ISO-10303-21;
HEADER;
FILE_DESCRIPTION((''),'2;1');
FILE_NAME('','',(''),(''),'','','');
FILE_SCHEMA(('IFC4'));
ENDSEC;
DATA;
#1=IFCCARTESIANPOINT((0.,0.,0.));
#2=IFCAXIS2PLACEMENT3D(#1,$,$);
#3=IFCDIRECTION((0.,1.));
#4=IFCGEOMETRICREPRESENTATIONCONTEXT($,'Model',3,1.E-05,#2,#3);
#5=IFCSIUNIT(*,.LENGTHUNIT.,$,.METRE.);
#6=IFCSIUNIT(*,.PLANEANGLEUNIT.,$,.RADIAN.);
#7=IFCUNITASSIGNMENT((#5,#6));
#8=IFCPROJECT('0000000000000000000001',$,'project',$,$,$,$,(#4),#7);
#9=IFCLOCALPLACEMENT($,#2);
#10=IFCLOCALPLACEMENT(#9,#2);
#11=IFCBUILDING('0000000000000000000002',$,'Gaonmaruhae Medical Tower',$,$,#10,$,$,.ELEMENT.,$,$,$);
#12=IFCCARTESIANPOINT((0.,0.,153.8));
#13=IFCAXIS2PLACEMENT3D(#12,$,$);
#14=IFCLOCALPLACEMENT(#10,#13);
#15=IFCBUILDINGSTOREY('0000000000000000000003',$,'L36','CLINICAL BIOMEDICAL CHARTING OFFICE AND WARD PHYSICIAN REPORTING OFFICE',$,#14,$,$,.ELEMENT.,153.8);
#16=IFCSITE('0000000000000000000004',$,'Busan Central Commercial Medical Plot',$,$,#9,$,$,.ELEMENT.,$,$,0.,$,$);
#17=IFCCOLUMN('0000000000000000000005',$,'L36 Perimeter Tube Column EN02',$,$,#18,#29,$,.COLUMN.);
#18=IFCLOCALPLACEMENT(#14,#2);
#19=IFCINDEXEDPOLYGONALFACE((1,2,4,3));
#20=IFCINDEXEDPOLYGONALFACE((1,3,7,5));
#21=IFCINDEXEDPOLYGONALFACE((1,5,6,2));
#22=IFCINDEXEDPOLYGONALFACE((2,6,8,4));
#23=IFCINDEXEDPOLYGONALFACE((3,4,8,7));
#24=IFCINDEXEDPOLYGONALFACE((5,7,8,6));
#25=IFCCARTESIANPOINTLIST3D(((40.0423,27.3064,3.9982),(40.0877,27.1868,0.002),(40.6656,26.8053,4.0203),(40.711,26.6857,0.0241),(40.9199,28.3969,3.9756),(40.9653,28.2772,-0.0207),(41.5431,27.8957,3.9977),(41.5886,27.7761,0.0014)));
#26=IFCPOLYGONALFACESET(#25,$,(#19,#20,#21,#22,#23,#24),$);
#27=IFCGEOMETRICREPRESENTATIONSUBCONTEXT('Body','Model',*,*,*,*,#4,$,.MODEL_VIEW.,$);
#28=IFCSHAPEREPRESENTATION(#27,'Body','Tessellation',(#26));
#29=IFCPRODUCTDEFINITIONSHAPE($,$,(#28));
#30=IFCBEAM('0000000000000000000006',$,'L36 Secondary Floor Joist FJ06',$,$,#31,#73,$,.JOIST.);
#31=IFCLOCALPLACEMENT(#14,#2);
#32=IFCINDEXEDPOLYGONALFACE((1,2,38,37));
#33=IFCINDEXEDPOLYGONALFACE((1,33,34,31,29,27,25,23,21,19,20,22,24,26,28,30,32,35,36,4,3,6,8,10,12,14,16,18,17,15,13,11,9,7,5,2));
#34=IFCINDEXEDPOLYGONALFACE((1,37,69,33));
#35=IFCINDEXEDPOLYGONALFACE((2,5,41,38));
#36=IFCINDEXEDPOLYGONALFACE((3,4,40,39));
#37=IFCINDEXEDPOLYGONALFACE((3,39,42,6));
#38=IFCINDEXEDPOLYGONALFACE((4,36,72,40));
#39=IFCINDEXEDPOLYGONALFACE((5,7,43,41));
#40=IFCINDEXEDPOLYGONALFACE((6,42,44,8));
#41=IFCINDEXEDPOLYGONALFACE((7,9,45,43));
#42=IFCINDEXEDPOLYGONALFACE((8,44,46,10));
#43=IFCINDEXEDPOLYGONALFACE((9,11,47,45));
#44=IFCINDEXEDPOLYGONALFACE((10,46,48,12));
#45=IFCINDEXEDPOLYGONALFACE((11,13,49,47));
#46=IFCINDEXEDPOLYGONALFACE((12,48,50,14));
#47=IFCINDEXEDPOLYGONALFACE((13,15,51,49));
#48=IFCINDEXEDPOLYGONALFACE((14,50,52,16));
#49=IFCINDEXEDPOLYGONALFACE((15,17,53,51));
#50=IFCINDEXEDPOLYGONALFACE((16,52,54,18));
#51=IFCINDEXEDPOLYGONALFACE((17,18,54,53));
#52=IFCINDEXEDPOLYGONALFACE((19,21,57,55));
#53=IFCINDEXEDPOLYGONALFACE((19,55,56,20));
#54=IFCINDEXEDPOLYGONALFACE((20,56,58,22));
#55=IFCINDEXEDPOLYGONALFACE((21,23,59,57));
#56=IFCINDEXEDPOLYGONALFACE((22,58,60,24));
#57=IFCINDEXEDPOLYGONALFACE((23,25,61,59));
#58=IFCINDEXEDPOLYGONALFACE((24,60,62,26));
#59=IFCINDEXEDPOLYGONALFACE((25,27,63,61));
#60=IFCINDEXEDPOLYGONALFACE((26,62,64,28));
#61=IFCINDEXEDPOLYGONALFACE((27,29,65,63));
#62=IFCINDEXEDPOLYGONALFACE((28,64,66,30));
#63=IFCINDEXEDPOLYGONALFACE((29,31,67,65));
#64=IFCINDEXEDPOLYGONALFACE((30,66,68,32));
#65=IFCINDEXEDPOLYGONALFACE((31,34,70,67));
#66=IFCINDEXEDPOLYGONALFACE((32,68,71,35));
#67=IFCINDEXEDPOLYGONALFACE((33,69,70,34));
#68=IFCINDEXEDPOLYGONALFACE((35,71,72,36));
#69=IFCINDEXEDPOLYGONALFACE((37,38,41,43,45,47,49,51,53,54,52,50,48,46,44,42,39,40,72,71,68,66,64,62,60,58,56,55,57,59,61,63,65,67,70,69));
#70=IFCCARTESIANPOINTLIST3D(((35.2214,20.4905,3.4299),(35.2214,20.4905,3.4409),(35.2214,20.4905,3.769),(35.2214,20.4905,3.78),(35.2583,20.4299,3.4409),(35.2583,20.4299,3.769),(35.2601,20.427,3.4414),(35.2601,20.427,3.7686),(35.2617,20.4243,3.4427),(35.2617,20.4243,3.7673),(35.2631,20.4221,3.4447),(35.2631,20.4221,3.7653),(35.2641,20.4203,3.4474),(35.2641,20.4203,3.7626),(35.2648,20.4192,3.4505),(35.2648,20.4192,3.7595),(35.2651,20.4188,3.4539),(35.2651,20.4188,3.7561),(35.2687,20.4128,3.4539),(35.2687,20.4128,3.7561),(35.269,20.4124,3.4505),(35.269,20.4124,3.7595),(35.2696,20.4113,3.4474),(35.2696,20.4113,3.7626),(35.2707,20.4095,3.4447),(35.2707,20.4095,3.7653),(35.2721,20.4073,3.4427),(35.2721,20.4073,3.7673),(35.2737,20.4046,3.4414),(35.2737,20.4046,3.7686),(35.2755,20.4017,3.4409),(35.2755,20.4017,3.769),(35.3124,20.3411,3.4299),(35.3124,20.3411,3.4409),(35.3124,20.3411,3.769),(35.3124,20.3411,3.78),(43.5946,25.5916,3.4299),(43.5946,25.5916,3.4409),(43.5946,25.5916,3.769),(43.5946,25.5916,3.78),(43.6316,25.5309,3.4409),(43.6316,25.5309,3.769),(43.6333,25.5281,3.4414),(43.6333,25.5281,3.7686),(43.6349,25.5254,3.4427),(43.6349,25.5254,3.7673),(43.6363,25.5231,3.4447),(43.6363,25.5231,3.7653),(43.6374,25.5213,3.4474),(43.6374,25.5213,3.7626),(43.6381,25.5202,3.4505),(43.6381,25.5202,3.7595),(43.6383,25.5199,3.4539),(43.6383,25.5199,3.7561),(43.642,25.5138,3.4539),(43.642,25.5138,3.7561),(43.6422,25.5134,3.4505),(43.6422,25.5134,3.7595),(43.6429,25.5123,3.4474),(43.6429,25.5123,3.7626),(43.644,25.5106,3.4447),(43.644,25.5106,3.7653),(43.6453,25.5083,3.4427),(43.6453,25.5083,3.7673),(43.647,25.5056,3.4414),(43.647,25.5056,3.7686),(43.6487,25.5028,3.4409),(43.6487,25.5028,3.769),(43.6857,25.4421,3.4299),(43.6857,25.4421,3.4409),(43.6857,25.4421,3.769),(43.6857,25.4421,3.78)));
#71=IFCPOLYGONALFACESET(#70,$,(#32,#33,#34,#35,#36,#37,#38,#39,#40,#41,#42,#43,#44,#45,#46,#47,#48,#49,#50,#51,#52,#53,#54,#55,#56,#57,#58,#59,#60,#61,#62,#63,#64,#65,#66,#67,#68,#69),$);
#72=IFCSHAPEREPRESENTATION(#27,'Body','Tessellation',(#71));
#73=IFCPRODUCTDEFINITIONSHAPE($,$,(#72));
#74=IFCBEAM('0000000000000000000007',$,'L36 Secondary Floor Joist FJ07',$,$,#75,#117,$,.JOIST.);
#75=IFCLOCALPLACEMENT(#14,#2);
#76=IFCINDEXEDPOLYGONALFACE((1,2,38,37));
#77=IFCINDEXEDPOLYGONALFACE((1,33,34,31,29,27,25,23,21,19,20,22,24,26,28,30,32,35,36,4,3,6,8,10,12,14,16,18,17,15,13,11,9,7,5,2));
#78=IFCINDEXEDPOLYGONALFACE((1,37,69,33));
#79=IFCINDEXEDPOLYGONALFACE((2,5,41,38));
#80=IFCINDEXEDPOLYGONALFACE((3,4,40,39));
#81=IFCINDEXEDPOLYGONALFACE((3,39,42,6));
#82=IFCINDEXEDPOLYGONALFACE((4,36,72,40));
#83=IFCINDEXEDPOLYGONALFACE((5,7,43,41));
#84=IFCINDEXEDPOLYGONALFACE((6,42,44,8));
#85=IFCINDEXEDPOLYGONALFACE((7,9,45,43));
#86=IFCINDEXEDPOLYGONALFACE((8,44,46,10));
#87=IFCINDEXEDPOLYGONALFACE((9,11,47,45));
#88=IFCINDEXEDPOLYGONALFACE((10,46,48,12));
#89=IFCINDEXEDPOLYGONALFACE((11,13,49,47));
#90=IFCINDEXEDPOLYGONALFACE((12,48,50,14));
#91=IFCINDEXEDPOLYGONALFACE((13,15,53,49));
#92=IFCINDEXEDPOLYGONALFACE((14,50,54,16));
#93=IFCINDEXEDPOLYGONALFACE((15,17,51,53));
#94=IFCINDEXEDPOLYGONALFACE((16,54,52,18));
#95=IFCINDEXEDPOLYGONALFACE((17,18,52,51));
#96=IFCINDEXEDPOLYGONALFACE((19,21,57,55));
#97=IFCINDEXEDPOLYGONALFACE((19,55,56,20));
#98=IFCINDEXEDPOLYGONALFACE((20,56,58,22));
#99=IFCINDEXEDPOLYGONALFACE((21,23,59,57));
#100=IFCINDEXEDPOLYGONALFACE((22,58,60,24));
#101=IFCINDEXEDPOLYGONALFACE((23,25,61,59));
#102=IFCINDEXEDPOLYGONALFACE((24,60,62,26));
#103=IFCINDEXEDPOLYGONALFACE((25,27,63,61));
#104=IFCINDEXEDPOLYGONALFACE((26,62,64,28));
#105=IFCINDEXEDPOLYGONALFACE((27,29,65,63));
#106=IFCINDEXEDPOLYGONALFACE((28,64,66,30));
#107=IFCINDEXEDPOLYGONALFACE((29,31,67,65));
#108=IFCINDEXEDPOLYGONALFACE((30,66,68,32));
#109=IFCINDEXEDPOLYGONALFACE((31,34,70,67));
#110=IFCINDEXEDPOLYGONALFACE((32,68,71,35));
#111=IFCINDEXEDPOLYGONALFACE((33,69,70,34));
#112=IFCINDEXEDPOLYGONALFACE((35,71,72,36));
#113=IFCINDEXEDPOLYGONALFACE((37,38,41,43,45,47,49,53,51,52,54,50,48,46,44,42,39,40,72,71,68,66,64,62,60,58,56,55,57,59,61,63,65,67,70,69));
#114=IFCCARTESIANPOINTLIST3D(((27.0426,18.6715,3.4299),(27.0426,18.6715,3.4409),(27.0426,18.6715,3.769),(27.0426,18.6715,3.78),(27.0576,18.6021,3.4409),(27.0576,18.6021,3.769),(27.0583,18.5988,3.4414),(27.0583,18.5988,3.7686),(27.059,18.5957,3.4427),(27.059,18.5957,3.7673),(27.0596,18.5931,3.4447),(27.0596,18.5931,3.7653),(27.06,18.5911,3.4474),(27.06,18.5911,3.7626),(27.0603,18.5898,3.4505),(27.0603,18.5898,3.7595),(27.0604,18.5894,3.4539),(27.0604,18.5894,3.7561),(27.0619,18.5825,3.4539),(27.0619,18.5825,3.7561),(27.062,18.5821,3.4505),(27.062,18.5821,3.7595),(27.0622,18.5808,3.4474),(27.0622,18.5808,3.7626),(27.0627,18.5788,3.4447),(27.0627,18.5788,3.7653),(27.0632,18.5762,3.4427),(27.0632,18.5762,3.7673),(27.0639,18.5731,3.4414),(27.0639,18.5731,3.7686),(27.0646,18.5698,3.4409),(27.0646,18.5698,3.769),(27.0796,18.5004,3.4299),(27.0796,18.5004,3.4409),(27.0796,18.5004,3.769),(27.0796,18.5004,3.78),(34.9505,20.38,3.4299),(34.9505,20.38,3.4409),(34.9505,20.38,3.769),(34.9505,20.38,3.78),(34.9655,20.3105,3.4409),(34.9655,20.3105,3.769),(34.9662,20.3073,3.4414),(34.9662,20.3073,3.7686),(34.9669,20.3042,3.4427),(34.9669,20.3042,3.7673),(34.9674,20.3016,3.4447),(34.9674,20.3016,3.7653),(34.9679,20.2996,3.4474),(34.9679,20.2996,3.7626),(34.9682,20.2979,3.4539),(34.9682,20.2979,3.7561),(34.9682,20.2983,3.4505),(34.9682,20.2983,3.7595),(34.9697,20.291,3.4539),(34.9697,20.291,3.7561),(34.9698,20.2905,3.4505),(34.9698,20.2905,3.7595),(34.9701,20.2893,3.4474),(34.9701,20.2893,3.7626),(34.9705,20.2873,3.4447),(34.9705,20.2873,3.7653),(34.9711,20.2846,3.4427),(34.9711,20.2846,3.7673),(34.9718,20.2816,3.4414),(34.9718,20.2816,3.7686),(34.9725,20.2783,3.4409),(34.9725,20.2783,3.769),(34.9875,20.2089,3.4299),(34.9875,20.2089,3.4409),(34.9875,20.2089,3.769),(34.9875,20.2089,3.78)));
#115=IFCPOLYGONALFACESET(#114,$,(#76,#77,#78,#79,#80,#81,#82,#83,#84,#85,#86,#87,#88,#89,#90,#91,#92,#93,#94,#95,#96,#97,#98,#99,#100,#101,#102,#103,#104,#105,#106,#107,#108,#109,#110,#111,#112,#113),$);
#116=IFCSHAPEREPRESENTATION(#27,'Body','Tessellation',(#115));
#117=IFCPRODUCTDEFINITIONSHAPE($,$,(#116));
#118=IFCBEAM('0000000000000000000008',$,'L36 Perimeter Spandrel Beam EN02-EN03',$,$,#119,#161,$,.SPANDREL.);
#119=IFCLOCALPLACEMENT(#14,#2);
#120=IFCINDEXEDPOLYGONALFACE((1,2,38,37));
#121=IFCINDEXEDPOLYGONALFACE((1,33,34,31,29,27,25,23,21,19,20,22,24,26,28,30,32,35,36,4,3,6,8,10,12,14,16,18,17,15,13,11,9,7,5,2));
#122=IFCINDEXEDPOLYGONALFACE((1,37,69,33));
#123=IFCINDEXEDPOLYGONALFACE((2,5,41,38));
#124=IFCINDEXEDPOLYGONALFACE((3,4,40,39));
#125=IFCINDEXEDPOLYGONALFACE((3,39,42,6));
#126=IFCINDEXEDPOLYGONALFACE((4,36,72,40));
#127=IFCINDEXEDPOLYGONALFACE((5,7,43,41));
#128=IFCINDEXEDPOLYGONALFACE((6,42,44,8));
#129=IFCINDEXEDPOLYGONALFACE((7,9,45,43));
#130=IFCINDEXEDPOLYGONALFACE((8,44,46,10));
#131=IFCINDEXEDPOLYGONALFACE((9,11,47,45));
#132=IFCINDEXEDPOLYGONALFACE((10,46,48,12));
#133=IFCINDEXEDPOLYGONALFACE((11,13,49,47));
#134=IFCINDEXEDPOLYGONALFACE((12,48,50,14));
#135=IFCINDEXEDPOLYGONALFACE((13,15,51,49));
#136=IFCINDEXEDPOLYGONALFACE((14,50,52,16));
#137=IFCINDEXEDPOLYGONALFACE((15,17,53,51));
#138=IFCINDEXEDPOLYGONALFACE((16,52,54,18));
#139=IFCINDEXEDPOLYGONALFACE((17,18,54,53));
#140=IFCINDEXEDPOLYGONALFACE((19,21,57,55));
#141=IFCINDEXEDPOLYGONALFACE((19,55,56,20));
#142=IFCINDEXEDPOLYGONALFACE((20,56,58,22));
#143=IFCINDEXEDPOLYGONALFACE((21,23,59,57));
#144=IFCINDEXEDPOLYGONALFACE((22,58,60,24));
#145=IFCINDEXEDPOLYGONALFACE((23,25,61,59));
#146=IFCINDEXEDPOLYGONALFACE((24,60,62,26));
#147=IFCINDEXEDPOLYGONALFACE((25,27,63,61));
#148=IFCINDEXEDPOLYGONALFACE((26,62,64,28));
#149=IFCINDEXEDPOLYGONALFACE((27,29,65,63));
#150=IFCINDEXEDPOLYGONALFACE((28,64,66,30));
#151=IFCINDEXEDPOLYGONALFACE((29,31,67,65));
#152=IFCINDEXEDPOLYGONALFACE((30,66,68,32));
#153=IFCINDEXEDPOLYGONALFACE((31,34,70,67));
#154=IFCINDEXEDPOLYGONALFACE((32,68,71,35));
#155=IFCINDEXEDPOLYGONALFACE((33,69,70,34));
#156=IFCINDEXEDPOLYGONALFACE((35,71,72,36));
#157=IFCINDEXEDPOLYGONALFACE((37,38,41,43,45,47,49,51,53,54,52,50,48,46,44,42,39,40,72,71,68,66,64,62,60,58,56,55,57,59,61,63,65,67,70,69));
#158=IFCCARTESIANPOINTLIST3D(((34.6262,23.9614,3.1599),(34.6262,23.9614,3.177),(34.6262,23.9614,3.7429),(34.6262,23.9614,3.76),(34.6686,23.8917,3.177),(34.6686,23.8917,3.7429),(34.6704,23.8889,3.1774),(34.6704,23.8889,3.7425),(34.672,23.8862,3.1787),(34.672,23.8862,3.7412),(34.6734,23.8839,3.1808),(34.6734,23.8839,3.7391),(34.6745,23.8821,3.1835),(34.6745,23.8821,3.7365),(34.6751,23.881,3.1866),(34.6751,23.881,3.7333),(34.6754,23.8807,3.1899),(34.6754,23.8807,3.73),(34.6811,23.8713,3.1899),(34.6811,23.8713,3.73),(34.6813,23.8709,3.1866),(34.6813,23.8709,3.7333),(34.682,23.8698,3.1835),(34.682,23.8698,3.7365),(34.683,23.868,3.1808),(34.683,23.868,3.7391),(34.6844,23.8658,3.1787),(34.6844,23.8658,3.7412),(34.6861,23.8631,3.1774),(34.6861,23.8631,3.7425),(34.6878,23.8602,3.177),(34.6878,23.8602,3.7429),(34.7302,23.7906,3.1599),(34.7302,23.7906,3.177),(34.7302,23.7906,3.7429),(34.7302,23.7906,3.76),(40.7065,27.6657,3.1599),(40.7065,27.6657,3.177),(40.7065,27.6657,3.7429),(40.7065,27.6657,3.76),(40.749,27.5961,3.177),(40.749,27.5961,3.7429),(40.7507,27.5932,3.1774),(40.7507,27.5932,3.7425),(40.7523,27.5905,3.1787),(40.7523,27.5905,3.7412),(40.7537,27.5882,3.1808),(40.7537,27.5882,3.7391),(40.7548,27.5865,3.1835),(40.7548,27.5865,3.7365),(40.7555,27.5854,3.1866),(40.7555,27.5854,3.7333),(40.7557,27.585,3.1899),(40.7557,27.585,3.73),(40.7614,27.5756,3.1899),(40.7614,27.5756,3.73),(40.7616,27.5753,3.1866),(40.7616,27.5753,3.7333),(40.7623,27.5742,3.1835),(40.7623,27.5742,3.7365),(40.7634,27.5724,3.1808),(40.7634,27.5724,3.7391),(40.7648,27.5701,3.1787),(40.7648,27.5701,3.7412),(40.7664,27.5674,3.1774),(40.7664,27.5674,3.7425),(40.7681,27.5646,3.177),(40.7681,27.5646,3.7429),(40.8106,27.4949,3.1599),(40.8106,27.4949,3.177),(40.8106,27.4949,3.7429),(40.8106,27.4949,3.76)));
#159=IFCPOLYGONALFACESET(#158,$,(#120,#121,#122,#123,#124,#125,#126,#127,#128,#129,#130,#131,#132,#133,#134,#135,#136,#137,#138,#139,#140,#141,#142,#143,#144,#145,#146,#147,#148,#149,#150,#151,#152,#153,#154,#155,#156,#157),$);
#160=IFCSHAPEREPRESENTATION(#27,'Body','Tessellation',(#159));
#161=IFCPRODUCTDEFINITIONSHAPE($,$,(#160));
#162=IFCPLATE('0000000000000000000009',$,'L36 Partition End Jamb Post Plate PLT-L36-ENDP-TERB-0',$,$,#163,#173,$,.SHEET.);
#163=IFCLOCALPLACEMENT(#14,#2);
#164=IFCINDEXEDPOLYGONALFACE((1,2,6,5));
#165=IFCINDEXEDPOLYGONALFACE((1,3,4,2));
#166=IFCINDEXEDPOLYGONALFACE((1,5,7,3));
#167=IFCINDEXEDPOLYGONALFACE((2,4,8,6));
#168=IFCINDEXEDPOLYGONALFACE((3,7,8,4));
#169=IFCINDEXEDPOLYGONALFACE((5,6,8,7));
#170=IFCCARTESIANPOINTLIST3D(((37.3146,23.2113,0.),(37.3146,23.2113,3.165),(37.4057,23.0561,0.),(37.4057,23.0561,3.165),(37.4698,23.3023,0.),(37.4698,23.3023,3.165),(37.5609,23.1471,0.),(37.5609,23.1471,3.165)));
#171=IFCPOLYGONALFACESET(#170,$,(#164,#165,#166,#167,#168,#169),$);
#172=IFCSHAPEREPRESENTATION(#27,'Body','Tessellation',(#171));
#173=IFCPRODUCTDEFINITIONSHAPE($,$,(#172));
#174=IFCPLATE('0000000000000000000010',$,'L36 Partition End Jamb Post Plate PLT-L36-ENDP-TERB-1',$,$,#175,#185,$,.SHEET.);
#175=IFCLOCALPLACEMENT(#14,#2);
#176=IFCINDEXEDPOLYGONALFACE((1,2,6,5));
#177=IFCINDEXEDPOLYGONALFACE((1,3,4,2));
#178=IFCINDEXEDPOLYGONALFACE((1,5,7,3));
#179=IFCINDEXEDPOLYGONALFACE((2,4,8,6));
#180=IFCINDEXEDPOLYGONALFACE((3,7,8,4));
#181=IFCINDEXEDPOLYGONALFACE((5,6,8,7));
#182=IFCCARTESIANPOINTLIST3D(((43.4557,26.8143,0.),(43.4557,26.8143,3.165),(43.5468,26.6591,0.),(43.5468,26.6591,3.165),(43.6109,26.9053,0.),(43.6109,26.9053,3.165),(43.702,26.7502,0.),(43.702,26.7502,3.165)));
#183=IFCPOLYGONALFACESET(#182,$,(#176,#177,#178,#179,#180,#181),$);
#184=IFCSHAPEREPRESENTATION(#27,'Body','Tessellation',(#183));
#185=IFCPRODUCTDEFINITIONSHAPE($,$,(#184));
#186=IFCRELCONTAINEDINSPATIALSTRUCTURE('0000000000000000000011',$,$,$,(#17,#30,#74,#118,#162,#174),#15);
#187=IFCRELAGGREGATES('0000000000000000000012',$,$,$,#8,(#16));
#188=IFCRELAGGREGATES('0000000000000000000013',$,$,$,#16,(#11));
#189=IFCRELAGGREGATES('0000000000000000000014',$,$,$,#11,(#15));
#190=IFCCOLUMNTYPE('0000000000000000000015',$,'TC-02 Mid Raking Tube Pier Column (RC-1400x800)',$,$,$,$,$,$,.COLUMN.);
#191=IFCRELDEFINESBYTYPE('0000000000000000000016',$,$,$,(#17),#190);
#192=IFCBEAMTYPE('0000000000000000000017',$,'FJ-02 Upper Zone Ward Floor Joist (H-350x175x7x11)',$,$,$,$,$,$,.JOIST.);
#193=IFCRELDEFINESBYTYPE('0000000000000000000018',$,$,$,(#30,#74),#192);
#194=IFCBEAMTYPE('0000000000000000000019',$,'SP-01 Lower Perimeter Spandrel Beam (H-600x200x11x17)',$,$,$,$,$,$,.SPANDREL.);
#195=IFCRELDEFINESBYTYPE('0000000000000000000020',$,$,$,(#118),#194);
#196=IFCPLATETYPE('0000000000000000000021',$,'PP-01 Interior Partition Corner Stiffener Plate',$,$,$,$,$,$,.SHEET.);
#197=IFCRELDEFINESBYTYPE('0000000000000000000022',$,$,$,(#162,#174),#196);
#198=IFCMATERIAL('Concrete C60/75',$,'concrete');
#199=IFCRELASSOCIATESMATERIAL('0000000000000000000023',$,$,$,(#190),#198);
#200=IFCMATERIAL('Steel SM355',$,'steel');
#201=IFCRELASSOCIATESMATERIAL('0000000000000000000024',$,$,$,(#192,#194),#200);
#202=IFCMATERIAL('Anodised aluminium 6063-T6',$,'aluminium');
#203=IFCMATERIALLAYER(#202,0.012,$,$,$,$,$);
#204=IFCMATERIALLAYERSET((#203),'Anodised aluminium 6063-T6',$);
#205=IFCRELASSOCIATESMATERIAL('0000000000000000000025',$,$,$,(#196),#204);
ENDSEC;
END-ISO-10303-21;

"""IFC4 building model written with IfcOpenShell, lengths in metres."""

from ifc_helpers import new_model, si_unit, direction, frame, origin, origin_2d, place, context, subcontext, project, spatial, rectangle, i_section, extrude, material, layer, layer_set, material_profile, profile_set, type_object, element, save


model = new_model("IFC4")

# Units and contexts
model_context = context("Model", 3, precision=1e-05, world=origin(), true_north=direction((0.0, 1.0)))
body_context = subcontext(model_context, "Body", "Model", "MODEL_VIEW")
ifc_project = project(units=[si_unit("LENGTHUNIT", "METRE"), si_unit("PLANEANGLEUNIT", "RADIAN")], contexts=[model_context])

# Site, building, storey
site_placement = place(None, origin())
site = spatial("IfcSite", under=ifc_project, at=site_placement, Name="Busan Central Commercial Medical Plot", CompositionType="ELEMENT", RefElevation=0.0)
building_placement = place(site_placement, origin())
building = spatial("IfcBuilding", under=site, at=building_placement, Name="Gaonmaruhae Medical Tower", CompositionType="ELEMENT")
storey_placement = place(building_placement, frame((0.0, 0.0, 153.8)))
storey = spatial("IfcBuildingStorey", under=building, at=storey_placement, Name="L36", Description="CLINICAL BIOMEDICAL CHARTING OFFICE AND WARD PHYSICIAN REPORTING OFFICE", CompositionType="ELEMENT", Elevation=153.8)

# Column
ifc_material_1 = material(Name="Concrete C60/75", Category="concrete")
ifc_material_profile_1 = material_profile(ifc_material_1, rectangle(XDim=1.3999, YDim=0.8, at=origin_2d()), Name="RC-1400x800")
ifc_profile_set_1 = profile_set([ifc_material_profile_1], Name="Concrete C60/75")
column_type = type_object("IfcColumnType", Name="TC-02 Mid Raking Tube Pier Column (RC-1400x800)", PredefinedType="COLUMN", material=ifc_profile_set_1)
column_placement = place(storey_placement, frame((40.8381, 27.4814, 0.0017), z_axis=(-0.011357, 0.029919, 0.999488), x_axis=(-0.626881, -0.778946, 0.016194)))
element("IfcColumn", 1, at=column_placement, inside=storey, type_object=column_type, Name="L36 Perimeter Tube Column EN02", PredefinedType="COLUMN", context=body_context, shape_type="SweptSolid", body=[
    extrude(rectangle(XDim=1.3999, YDim=0.8, at=origin_2d()), origin(), (0.0, 0.0, 1.0), 3.9983),
])

# Beams
ifc_material_2 = material(Name="Steel SM355", Category="steel")
ifc_material_profile_2 = material_profile(ifc_material_2, i_section(OverallWidth=0.175, OverallDepth=0.3501, WebThickness=0.0071, FlangeThickness=0.011, FilletRadius=0.0129, at=origin_2d()), Name="H-350x175x7x11")
ifc_profile_set_2 = profile_set([ifc_material_profile_2], Name="Steel SM355")
beam_type_1 = type_object("IfcBeamType", Name="FJ-02 Upper Zone Ward Floor Joist (H-350x175x7x11)", PredefinedType="JOIST", material=ifc_profile_set_2)
beam_1_placement = place(storey_placement, frame((43.6401, 25.5168, 3.605), z_axis=(-0.854004, -0.520266, 0.0), x_axis=(0.520266, -0.854004, 0.0)))
element("IfcBeam", 2, at=beam_1_placement, inside=storey, type_object=beam_type_1, Name="L36 Secondary Floor Joist FJ06", PredefinedType="JOIST", context=body_context, shape_type="SweptSolid", body=[
    extrude(i_section(OverallWidth=0.175, OverallDepth=0.3501, WebThickness=0.0071, FlangeThickness=0.011, FilletRadius=0.0129, at=origin_2d()), origin(), (0.0, 0.0, 1.0), 9.8047),
])
beam_2_placement = place(storey_placement, frame((34.969, 20.2944, 3.605), z_axis=(-0.977448, -0.211175, 0.0), x_axis=(0.211175, -0.977448, 0.0)))
element("IfcBeam", 3, at=beam_2_placement, inside=storey, type_object=beam_type_1, Name="L36 Secondary Floor Joist FJ07", PredefinedType="JOIST", context=body_context, shape_type="SweptSolid", body=[
    extrude(i_section(OverallWidth=0.175, OverallDepth=0.3501, WebThickness=0.0071, FlangeThickness=0.011, FilletRadius=0.0129, at=origin_2d()), origin(), (0.0, 0.0, 1.0), 8.0903),
])
ifc_material_profile_3 = material_profile(ifc_material_2, i_section(OverallWidth=0.2, OverallDepth=0.6001, WebThickness=0.011, FlangeThickness=0.0171, FilletRadius=0.0129, at=origin_2d()), Name="H-600x200x11x17")
ifc_profile_set_3 = profile_set([ifc_material_profile_3], Name="Steel SM355")
beam_type_2 = type_object("IfcBeamType", Name="SP-01 Lower Perimeter Spandrel Beam (H-600x200x11x17)", PredefinedType="SPANDREL", material=ifc_profile_set_3)
beam_3_placement = place(storey_placement, frame((40.7585, 27.5803, 3.46), z_axis=(-0.853994, -0.520283, 0.0), x_axis=(0.520283, -0.853994, 0.0)))
element("IfcBeam", 4, at=beam_3_placement, inside=storey, type_object=beam_type_2, Name="L36 Perimeter Spandrel Beam EN02-EN03", PredefinedType="SPANDREL", context=body_context, shape_type="SweptSolid", body=[
    extrude(i_section(OverallWidth=0.2, OverallDepth=0.6001, WebThickness=0.011, FlangeThickness=0.0171, FilletRadius=0.0129, at=origin_2d()), origin(), (0.0, 0.0, 1.0), 7.1199),
])

# Plates
ifc_material_3 = material(Name="Anodised aluminium 6063-T6", Category="aluminium")
ifc_layer_1 = layer(ifc_material_3, 0.012)
ifc_layer_set_1 = layer_set([ifc_layer_1], Name="Anodised aluminium 6063-T6")
plate_type = type_object("IfcPlateType", Name="PP-01 Interior Partition Corner Stiffener Plate", PredefinedType="SHEET", material=ifc_layer_set_1)
for number, where, z_axis, x_axis, name in (
    (5, (37.4377, 23.1792, 0.0), (0.0, 0.0, 1.0), (0.862514, 0.506034, 0.0), "L36 Partition End Jamb Post Plate PLT-L36-ENDP-TERB-0"),
    (6, (43.5789, 26.7822, 0.0), (0.0, 0.0, 1.0), (0.862514, 0.506034, 0.0), "L36 Partition End Jamb Post Plate PLT-L36-ENDP-TERB-1"),
):
    element("IfcPlate", number, at=place(storey_placement, frame(where, z_axis=z_axis, x_axis=x_axis)), inside=storey, type_object=plate_type, Name=name, PredefinedType="SHEET", context=body_context, shape_type="SweptSolid", body=[
        extrude(rectangle(XDim=0.1799, YDim=0.1799, at=origin_2d()), origin(), (0.0, 0.0, 1.0), 3.165),
    ])

save(model, "model.ifc")
